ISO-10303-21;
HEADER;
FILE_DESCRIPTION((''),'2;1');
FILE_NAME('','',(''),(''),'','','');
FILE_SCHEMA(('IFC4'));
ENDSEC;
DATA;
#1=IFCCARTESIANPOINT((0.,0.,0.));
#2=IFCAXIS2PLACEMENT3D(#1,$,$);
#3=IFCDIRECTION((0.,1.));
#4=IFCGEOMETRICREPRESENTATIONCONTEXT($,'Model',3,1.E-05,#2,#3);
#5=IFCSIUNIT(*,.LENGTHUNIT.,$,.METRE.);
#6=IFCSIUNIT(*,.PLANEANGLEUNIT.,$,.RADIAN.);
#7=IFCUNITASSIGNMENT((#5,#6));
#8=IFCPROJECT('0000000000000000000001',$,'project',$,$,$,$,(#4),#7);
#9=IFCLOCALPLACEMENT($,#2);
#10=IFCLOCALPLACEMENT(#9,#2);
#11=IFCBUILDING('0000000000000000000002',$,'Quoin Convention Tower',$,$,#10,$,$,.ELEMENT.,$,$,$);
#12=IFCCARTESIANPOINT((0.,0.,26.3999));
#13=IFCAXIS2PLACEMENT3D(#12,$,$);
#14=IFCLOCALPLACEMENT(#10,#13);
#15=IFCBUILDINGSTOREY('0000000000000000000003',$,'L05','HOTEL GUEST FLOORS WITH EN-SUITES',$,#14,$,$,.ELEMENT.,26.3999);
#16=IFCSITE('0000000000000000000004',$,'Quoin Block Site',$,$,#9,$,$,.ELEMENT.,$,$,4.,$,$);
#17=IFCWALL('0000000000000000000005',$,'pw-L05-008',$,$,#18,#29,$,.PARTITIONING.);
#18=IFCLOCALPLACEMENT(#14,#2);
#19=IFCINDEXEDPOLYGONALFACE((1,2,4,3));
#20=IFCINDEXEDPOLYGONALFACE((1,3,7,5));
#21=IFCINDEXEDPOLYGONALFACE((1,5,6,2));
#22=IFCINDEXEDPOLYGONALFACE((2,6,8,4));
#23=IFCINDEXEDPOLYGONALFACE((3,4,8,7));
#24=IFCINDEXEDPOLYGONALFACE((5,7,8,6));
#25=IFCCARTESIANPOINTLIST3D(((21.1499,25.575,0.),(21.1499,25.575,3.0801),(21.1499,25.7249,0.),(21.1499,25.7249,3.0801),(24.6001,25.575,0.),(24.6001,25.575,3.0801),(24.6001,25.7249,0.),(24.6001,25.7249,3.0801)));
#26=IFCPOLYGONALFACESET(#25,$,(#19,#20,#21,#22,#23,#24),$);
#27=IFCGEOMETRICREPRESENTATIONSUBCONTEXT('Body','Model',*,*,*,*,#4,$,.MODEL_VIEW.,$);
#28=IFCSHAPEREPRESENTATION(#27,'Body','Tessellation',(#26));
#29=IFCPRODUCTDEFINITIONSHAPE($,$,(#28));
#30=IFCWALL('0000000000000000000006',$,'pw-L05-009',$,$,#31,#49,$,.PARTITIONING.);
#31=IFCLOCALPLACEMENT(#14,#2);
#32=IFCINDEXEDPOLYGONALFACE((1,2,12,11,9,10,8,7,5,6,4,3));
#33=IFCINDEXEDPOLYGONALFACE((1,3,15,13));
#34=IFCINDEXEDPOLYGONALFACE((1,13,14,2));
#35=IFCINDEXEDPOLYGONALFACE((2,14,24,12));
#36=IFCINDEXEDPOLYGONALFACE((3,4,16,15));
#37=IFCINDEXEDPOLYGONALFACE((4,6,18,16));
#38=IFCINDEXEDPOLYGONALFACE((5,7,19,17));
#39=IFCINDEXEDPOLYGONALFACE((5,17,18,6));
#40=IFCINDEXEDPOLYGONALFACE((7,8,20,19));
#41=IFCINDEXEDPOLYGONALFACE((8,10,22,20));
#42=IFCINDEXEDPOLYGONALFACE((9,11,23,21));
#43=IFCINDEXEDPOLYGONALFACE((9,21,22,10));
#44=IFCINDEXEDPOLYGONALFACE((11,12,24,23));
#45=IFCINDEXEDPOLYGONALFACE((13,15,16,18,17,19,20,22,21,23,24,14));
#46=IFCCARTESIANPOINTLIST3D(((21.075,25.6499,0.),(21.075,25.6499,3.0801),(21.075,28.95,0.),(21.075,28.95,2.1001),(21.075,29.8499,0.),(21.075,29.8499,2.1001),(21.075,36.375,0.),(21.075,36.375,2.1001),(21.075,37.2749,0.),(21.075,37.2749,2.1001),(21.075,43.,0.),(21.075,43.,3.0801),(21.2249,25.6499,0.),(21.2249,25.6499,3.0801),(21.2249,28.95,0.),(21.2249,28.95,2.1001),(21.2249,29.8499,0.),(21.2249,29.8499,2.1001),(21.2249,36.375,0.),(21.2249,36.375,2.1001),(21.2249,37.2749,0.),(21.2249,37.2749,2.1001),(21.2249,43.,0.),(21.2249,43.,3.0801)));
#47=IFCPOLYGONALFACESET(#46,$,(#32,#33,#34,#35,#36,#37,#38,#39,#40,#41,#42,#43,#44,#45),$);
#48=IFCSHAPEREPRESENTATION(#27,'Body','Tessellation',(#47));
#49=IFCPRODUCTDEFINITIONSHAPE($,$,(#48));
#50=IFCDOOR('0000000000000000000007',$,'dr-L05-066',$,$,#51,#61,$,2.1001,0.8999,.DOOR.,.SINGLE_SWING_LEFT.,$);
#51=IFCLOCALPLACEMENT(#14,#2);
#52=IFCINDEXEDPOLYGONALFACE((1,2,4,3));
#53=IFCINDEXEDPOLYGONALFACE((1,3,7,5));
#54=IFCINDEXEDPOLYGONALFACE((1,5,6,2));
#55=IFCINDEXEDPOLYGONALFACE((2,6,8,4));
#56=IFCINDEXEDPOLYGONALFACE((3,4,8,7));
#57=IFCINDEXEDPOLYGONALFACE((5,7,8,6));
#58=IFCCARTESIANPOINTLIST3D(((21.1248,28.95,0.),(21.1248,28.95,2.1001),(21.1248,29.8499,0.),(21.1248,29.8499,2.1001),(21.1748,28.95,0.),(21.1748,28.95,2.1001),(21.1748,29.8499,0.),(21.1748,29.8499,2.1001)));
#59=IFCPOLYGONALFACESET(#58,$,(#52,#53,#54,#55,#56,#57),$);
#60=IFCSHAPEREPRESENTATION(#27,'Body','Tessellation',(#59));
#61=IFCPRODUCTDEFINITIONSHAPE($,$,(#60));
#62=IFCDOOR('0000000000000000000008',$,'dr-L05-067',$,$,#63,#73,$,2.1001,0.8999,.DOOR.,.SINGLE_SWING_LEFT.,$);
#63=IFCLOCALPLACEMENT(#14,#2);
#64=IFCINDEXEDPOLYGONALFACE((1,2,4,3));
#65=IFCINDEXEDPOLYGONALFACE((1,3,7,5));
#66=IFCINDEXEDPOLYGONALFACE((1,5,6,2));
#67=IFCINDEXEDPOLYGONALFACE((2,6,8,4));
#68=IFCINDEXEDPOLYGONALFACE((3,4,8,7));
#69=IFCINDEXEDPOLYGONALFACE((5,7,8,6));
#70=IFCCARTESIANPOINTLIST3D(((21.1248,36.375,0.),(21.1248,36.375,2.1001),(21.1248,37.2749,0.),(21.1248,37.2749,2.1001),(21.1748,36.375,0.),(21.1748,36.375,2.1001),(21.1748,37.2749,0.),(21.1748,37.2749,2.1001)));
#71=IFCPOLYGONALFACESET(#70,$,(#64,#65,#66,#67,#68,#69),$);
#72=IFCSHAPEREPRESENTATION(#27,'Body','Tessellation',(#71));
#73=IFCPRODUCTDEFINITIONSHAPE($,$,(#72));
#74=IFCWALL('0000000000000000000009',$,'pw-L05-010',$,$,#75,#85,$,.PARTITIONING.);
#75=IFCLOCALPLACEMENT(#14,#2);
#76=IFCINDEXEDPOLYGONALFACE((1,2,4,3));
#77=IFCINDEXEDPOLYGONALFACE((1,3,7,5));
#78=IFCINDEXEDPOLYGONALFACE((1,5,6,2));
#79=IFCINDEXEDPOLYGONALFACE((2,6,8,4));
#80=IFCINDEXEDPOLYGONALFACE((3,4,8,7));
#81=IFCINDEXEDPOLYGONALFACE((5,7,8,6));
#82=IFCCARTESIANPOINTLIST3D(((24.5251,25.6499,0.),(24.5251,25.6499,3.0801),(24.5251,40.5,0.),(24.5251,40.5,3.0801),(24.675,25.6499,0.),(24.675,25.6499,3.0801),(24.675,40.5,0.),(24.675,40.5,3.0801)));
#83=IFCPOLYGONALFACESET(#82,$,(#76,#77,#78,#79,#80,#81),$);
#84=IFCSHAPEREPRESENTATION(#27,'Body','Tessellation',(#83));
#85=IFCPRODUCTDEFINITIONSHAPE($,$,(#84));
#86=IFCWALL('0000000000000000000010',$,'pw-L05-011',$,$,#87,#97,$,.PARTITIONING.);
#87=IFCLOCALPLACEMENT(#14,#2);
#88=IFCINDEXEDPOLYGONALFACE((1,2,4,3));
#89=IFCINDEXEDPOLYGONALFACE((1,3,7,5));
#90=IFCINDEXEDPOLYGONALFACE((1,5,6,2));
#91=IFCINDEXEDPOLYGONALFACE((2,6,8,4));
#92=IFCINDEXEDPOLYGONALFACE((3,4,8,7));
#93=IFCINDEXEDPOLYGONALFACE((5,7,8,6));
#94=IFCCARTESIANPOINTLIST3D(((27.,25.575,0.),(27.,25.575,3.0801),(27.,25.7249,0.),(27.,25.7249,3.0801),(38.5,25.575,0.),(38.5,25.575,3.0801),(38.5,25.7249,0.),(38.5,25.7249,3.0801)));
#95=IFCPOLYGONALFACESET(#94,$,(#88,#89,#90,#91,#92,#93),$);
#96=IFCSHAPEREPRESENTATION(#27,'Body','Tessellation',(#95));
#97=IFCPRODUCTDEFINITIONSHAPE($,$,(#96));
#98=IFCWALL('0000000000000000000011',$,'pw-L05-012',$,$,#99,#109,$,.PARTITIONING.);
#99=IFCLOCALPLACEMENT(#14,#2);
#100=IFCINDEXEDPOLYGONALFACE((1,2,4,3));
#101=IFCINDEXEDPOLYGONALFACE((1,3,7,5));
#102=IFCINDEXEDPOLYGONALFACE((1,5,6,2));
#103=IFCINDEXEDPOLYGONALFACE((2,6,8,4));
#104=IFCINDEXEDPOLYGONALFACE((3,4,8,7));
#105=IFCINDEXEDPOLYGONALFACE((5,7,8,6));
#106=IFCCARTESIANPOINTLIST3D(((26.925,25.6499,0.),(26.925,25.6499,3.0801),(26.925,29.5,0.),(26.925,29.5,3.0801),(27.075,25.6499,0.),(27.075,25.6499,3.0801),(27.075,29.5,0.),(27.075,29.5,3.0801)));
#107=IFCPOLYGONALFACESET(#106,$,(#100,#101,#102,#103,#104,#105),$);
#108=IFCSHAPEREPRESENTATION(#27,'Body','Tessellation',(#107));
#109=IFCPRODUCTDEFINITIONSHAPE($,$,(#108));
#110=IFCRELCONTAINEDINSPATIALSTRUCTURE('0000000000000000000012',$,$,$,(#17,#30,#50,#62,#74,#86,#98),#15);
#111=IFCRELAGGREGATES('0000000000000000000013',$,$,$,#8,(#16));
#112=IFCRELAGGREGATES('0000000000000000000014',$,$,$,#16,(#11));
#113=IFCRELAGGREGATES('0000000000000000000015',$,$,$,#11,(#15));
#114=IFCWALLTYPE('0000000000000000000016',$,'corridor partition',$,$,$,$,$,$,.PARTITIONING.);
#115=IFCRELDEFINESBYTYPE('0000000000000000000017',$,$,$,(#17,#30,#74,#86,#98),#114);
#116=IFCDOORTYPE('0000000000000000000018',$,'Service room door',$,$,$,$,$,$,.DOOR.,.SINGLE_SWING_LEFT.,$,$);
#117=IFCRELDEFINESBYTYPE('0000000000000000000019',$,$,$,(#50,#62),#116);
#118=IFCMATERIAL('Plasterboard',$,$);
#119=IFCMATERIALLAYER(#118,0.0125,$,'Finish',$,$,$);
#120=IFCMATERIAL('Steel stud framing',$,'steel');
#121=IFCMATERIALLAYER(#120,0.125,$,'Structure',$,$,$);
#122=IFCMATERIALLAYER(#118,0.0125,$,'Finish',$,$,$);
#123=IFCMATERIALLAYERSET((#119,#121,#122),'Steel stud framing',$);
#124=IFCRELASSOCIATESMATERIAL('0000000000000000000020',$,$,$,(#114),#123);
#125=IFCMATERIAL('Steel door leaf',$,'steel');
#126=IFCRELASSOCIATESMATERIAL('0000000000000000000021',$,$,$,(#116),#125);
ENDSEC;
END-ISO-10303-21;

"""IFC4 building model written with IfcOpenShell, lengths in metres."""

from ifc_helpers import new_model, si_unit, direction, frame, frame_2d, origin, place, context, subcontext, project, spatial, rectangle, extrude, material, layer, layer_set, type_object, element, fill, save


model = new_model("IFC4")

# Units and contexts
model_context = context("Model", 3, precision=1e-05, world=origin(), true_north=direction((0.0, 1.0)))
body_context = subcontext(model_context, "Body", "Model", "MODEL_VIEW")
ifc_project = project(units=[si_unit("LENGTHUNIT", "METRE"), si_unit("PLANEANGLEUNIT", "RADIAN")], contexts=[model_context])

# Site, building, storey
site_placement = place(None, origin())
site = spatial("IfcSite", under=ifc_project, at=site_placement, Name="Quoin Block Site", CompositionType="ELEMENT", RefElevation=4.0)
building_placement = place(site_placement, origin())
building = spatial("IfcBuilding", under=site, at=building_placement, Name="Quoin Convention Tower", CompositionType="ELEMENT")
storey_placement = place(building_placement, frame((0.0, 0.0, 26.3999)))
storey = spatial("IfcBuildingStorey", under=building, at=storey_placement, Name="L05", Description="HOTEL GUEST FLOORS WITH EN-SUITES", CompositionType="ELEMENT", Elevation=26.3999)

# Shared definitions
ifc_material_1 = material(Name="Steel door leaf", Category="steel")

# Wall
ifc_material_2 = material(Name="Plasterboard")
ifc_layer_1 = layer(ifc_material_2, 0.0125, Name="Finish")
ifc_material_3 = material(Name="Steel stud framing", Category="steel")
ifc_layer_2 = layer(ifc_material_3, 0.125, Name="Structure")
ifc_layer_3 = layer(ifc_material_2, 0.0125, Name="Finish")
ifc_layer_set_1 = layer_set([ifc_layer_1, ifc_layer_2, ifc_layer_3], Name="Steel stud framing")
wall_type_1 = type_object("IfcWallType", Name="corridor partition", PredefinedType="PARTITIONING", material=ifc_layer_set_1)
wall_1_placement = place(storey_placement, frame((21.1499, 25.6499, 0.0), z_axis=(0.0, 0.0, 1.0), x_axis=(1.0, 0.0, 0.0)))
element("IfcWall", 1, at=wall_1_placement, inside=storey, type_object=wall_type_1, Name="pw-L05-008", PredefinedType="PARTITIONING", context=body_context, shape_type="SweptSolid", body=[
    extrude(rectangle(XDim=3.4502, YDim=0.1499, at=frame_2d((1.7251, 0.0))), origin(), (0.0, 0.0, 1.0), 3.0801),
])

# Wall, openings, doors
wall_2_placement = place(storey_placement, frame((21.1499, 25.6499, 0.0), z_axis=(0.0, 0.0, 1.0), x_axis=(0.0, 1.0, 0.0)))
wall_2 = element("IfcWall", 2, at=wall_2_placement, inside=storey, type_object=wall_type_1, Name="pw-L05-009", PredefinedType="PARTITIONING", context=body_context, shape_type="SweptSolid", body=[
    extrude(rectangle(XDim=17.3501, YDim=0.1499, at=frame_2d((8.675, 0.0))), origin(), (0.0, 0.0, 1.0), 3.0801),
])
opening_1_placement = place(wall_2_placement, frame((3.3, 0.0, 0.0)))
opening_1 = element("IfcOpeningElement", 3, at=opening_1_placement, cuts=wall_2, PredefinedType="OPENING", context=body_context, shape_type="SweptSolid", body=[
    extrude(rectangle(XDim=0.8999, YDim=2.1001, at=frame_2d((0.45, 1.05))), frame((0.0, 0.085, 0.0), z_axis=(0.0, -1.0, 0.0), x_axis=(1.0, 0.0, 0.0)), (0.0, 0.0, 1.0), 0.1699),
])
opening_2_placement = place(wall_2_placement, frame((10.7251, 0.0, 0.0)))
opening_2 = element("IfcOpeningElement", 4, at=opening_2_placement, cuts=wall_2, PredefinedType="OPENING", context=body_context, shape_type="SweptSolid", body=[
    extrude(rectangle(XDim=0.8999, YDim=2.1001, at=frame_2d((0.45, 1.05))), frame((0.0, 0.085, 0.0), z_axis=(0.0, -1.0, 0.0), x_axis=(1.0, 0.0, 0.0)), (0.0, 0.0, 1.0), 0.1699),
])
door_type_1 = type_object("IfcDoorType", Name="Service room door", OperationType="SINGLE_SWING_LEFT", PredefinedType="DOOR", material=ifc_material_1)
door_1_placement = place(opening_1_placement, frame((0.8999, 0.0, 0.0), z_axis=(0.0, 0.0, 1.0), x_axis=(-1.0, 0.0, 0.0)))
door_1 = element("IfcDoor", 5, at=door_1_placement, inside=storey, type_object=door_type_1, Name="dr-L05-066", OperationType="SINGLE_SWING_LEFT", OverallHeight=2.1001, OverallWidth=0.8999, PredefinedType="DOOR", context=body_context, shape_type="SweptSolid", body=[
    extrude(rectangle(XDim=0.8999, YDim=2.1001, at=frame_2d((0.45, 1.05))), frame((0.0, 0.0249, 0.0), z_axis=(0.0, -1.0, 0.0), x_axis=(1.0, 0.0, 0.0)), (0.0, 0.0, 1.0), 0.05),
])
fill(opening_1, door_1)
door_2_placement = place(opening_2_placement, frame((0.8999, 0.0, 0.0), z_axis=(0.0, 0.0, 1.0), x_axis=(-1.0, 0.0, 0.0)))
door_2 = element("IfcDoor", 6, at=door_2_placement, inside=storey, type_object=door_type_1, Name="dr-L05-067", OperationType="SINGLE_SWING_LEFT", OverallHeight=2.1001, OverallWidth=0.8999, PredefinedType="DOOR", context=body_context, shape_type="SweptSolid", body=[
    extrude(rectangle(XDim=0.8999, YDim=2.1001, at=frame_2d((0.45, 1.05))), frame((0.0, 0.0249, 0.0), z_axis=(0.0, -1.0, 0.0), x_axis=(1.0, 0.0, 0.0)), (0.0, 0.0, 1.0), 0.05),
])
fill(opening_2, door_2)

# Walls
wall_3_placement = place(storey_placement, frame((24.6001, 25.6499, 0.0), z_axis=(0.0, 0.0, 1.0), x_axis=(0.0, 1.0, 0.0)))
element("IfcWall", 7, at=wall_3_placement, inside=storey, type_object=wall_type_1, Name="pw-L05-010", PredefinedType="PARTITIONING", context=body_context, shape_type="SweptSolid", body=[
    extrude(rectangle(XDim=14.8501, YDim=0.1499, at=frame_2d((7.425, 0.0))), origin(), (0.0, 0.0, 1.0), 3.0801),
])
wall_4_placement = place(storey_placement, frame((27.0, 25.6499, 0.0), z_axis=(0.0, 0.0, 1.0), x_axis=(1.0, 0.0, 0.0)))
element("IfcWall", 8, at=wall_4_placement, inside=storey, type_object=wall_type_1, Name="pw-L05-011", PredefinedType="PARTITIONING", context=body_context, shape_type="SweptSolid", body=[
    extrude(rectangle(XDim=11.5, YDim=0.1499, at=frame_2d((5.75, 0.0))), origin(), (0.0, 0.0, 1.0), 3.0801),
])
wall_5_placement = place(storey_placement, frame((27.0, 25.6499, 0.0), z_axis=(0.0, 0.0, 1.0), x_axis=(0.0, 1.0, 0.0)))
element("IfcWall", 9, at=wall_5_placement, inside=storey, type_object=wall_type_1, Name="pw-L05-012", PredefinedType="PARTITIONING", context=body_context, shape_type="SweptSolid", body=[
    extrude(rectangle(XDim=3.8501, YDim=0.1499, at=frame_2d((1.925, 0.0))), origin(), (0.0, 0.0, 1.0), 3.0801),
])

save(model, "model.ifc")
